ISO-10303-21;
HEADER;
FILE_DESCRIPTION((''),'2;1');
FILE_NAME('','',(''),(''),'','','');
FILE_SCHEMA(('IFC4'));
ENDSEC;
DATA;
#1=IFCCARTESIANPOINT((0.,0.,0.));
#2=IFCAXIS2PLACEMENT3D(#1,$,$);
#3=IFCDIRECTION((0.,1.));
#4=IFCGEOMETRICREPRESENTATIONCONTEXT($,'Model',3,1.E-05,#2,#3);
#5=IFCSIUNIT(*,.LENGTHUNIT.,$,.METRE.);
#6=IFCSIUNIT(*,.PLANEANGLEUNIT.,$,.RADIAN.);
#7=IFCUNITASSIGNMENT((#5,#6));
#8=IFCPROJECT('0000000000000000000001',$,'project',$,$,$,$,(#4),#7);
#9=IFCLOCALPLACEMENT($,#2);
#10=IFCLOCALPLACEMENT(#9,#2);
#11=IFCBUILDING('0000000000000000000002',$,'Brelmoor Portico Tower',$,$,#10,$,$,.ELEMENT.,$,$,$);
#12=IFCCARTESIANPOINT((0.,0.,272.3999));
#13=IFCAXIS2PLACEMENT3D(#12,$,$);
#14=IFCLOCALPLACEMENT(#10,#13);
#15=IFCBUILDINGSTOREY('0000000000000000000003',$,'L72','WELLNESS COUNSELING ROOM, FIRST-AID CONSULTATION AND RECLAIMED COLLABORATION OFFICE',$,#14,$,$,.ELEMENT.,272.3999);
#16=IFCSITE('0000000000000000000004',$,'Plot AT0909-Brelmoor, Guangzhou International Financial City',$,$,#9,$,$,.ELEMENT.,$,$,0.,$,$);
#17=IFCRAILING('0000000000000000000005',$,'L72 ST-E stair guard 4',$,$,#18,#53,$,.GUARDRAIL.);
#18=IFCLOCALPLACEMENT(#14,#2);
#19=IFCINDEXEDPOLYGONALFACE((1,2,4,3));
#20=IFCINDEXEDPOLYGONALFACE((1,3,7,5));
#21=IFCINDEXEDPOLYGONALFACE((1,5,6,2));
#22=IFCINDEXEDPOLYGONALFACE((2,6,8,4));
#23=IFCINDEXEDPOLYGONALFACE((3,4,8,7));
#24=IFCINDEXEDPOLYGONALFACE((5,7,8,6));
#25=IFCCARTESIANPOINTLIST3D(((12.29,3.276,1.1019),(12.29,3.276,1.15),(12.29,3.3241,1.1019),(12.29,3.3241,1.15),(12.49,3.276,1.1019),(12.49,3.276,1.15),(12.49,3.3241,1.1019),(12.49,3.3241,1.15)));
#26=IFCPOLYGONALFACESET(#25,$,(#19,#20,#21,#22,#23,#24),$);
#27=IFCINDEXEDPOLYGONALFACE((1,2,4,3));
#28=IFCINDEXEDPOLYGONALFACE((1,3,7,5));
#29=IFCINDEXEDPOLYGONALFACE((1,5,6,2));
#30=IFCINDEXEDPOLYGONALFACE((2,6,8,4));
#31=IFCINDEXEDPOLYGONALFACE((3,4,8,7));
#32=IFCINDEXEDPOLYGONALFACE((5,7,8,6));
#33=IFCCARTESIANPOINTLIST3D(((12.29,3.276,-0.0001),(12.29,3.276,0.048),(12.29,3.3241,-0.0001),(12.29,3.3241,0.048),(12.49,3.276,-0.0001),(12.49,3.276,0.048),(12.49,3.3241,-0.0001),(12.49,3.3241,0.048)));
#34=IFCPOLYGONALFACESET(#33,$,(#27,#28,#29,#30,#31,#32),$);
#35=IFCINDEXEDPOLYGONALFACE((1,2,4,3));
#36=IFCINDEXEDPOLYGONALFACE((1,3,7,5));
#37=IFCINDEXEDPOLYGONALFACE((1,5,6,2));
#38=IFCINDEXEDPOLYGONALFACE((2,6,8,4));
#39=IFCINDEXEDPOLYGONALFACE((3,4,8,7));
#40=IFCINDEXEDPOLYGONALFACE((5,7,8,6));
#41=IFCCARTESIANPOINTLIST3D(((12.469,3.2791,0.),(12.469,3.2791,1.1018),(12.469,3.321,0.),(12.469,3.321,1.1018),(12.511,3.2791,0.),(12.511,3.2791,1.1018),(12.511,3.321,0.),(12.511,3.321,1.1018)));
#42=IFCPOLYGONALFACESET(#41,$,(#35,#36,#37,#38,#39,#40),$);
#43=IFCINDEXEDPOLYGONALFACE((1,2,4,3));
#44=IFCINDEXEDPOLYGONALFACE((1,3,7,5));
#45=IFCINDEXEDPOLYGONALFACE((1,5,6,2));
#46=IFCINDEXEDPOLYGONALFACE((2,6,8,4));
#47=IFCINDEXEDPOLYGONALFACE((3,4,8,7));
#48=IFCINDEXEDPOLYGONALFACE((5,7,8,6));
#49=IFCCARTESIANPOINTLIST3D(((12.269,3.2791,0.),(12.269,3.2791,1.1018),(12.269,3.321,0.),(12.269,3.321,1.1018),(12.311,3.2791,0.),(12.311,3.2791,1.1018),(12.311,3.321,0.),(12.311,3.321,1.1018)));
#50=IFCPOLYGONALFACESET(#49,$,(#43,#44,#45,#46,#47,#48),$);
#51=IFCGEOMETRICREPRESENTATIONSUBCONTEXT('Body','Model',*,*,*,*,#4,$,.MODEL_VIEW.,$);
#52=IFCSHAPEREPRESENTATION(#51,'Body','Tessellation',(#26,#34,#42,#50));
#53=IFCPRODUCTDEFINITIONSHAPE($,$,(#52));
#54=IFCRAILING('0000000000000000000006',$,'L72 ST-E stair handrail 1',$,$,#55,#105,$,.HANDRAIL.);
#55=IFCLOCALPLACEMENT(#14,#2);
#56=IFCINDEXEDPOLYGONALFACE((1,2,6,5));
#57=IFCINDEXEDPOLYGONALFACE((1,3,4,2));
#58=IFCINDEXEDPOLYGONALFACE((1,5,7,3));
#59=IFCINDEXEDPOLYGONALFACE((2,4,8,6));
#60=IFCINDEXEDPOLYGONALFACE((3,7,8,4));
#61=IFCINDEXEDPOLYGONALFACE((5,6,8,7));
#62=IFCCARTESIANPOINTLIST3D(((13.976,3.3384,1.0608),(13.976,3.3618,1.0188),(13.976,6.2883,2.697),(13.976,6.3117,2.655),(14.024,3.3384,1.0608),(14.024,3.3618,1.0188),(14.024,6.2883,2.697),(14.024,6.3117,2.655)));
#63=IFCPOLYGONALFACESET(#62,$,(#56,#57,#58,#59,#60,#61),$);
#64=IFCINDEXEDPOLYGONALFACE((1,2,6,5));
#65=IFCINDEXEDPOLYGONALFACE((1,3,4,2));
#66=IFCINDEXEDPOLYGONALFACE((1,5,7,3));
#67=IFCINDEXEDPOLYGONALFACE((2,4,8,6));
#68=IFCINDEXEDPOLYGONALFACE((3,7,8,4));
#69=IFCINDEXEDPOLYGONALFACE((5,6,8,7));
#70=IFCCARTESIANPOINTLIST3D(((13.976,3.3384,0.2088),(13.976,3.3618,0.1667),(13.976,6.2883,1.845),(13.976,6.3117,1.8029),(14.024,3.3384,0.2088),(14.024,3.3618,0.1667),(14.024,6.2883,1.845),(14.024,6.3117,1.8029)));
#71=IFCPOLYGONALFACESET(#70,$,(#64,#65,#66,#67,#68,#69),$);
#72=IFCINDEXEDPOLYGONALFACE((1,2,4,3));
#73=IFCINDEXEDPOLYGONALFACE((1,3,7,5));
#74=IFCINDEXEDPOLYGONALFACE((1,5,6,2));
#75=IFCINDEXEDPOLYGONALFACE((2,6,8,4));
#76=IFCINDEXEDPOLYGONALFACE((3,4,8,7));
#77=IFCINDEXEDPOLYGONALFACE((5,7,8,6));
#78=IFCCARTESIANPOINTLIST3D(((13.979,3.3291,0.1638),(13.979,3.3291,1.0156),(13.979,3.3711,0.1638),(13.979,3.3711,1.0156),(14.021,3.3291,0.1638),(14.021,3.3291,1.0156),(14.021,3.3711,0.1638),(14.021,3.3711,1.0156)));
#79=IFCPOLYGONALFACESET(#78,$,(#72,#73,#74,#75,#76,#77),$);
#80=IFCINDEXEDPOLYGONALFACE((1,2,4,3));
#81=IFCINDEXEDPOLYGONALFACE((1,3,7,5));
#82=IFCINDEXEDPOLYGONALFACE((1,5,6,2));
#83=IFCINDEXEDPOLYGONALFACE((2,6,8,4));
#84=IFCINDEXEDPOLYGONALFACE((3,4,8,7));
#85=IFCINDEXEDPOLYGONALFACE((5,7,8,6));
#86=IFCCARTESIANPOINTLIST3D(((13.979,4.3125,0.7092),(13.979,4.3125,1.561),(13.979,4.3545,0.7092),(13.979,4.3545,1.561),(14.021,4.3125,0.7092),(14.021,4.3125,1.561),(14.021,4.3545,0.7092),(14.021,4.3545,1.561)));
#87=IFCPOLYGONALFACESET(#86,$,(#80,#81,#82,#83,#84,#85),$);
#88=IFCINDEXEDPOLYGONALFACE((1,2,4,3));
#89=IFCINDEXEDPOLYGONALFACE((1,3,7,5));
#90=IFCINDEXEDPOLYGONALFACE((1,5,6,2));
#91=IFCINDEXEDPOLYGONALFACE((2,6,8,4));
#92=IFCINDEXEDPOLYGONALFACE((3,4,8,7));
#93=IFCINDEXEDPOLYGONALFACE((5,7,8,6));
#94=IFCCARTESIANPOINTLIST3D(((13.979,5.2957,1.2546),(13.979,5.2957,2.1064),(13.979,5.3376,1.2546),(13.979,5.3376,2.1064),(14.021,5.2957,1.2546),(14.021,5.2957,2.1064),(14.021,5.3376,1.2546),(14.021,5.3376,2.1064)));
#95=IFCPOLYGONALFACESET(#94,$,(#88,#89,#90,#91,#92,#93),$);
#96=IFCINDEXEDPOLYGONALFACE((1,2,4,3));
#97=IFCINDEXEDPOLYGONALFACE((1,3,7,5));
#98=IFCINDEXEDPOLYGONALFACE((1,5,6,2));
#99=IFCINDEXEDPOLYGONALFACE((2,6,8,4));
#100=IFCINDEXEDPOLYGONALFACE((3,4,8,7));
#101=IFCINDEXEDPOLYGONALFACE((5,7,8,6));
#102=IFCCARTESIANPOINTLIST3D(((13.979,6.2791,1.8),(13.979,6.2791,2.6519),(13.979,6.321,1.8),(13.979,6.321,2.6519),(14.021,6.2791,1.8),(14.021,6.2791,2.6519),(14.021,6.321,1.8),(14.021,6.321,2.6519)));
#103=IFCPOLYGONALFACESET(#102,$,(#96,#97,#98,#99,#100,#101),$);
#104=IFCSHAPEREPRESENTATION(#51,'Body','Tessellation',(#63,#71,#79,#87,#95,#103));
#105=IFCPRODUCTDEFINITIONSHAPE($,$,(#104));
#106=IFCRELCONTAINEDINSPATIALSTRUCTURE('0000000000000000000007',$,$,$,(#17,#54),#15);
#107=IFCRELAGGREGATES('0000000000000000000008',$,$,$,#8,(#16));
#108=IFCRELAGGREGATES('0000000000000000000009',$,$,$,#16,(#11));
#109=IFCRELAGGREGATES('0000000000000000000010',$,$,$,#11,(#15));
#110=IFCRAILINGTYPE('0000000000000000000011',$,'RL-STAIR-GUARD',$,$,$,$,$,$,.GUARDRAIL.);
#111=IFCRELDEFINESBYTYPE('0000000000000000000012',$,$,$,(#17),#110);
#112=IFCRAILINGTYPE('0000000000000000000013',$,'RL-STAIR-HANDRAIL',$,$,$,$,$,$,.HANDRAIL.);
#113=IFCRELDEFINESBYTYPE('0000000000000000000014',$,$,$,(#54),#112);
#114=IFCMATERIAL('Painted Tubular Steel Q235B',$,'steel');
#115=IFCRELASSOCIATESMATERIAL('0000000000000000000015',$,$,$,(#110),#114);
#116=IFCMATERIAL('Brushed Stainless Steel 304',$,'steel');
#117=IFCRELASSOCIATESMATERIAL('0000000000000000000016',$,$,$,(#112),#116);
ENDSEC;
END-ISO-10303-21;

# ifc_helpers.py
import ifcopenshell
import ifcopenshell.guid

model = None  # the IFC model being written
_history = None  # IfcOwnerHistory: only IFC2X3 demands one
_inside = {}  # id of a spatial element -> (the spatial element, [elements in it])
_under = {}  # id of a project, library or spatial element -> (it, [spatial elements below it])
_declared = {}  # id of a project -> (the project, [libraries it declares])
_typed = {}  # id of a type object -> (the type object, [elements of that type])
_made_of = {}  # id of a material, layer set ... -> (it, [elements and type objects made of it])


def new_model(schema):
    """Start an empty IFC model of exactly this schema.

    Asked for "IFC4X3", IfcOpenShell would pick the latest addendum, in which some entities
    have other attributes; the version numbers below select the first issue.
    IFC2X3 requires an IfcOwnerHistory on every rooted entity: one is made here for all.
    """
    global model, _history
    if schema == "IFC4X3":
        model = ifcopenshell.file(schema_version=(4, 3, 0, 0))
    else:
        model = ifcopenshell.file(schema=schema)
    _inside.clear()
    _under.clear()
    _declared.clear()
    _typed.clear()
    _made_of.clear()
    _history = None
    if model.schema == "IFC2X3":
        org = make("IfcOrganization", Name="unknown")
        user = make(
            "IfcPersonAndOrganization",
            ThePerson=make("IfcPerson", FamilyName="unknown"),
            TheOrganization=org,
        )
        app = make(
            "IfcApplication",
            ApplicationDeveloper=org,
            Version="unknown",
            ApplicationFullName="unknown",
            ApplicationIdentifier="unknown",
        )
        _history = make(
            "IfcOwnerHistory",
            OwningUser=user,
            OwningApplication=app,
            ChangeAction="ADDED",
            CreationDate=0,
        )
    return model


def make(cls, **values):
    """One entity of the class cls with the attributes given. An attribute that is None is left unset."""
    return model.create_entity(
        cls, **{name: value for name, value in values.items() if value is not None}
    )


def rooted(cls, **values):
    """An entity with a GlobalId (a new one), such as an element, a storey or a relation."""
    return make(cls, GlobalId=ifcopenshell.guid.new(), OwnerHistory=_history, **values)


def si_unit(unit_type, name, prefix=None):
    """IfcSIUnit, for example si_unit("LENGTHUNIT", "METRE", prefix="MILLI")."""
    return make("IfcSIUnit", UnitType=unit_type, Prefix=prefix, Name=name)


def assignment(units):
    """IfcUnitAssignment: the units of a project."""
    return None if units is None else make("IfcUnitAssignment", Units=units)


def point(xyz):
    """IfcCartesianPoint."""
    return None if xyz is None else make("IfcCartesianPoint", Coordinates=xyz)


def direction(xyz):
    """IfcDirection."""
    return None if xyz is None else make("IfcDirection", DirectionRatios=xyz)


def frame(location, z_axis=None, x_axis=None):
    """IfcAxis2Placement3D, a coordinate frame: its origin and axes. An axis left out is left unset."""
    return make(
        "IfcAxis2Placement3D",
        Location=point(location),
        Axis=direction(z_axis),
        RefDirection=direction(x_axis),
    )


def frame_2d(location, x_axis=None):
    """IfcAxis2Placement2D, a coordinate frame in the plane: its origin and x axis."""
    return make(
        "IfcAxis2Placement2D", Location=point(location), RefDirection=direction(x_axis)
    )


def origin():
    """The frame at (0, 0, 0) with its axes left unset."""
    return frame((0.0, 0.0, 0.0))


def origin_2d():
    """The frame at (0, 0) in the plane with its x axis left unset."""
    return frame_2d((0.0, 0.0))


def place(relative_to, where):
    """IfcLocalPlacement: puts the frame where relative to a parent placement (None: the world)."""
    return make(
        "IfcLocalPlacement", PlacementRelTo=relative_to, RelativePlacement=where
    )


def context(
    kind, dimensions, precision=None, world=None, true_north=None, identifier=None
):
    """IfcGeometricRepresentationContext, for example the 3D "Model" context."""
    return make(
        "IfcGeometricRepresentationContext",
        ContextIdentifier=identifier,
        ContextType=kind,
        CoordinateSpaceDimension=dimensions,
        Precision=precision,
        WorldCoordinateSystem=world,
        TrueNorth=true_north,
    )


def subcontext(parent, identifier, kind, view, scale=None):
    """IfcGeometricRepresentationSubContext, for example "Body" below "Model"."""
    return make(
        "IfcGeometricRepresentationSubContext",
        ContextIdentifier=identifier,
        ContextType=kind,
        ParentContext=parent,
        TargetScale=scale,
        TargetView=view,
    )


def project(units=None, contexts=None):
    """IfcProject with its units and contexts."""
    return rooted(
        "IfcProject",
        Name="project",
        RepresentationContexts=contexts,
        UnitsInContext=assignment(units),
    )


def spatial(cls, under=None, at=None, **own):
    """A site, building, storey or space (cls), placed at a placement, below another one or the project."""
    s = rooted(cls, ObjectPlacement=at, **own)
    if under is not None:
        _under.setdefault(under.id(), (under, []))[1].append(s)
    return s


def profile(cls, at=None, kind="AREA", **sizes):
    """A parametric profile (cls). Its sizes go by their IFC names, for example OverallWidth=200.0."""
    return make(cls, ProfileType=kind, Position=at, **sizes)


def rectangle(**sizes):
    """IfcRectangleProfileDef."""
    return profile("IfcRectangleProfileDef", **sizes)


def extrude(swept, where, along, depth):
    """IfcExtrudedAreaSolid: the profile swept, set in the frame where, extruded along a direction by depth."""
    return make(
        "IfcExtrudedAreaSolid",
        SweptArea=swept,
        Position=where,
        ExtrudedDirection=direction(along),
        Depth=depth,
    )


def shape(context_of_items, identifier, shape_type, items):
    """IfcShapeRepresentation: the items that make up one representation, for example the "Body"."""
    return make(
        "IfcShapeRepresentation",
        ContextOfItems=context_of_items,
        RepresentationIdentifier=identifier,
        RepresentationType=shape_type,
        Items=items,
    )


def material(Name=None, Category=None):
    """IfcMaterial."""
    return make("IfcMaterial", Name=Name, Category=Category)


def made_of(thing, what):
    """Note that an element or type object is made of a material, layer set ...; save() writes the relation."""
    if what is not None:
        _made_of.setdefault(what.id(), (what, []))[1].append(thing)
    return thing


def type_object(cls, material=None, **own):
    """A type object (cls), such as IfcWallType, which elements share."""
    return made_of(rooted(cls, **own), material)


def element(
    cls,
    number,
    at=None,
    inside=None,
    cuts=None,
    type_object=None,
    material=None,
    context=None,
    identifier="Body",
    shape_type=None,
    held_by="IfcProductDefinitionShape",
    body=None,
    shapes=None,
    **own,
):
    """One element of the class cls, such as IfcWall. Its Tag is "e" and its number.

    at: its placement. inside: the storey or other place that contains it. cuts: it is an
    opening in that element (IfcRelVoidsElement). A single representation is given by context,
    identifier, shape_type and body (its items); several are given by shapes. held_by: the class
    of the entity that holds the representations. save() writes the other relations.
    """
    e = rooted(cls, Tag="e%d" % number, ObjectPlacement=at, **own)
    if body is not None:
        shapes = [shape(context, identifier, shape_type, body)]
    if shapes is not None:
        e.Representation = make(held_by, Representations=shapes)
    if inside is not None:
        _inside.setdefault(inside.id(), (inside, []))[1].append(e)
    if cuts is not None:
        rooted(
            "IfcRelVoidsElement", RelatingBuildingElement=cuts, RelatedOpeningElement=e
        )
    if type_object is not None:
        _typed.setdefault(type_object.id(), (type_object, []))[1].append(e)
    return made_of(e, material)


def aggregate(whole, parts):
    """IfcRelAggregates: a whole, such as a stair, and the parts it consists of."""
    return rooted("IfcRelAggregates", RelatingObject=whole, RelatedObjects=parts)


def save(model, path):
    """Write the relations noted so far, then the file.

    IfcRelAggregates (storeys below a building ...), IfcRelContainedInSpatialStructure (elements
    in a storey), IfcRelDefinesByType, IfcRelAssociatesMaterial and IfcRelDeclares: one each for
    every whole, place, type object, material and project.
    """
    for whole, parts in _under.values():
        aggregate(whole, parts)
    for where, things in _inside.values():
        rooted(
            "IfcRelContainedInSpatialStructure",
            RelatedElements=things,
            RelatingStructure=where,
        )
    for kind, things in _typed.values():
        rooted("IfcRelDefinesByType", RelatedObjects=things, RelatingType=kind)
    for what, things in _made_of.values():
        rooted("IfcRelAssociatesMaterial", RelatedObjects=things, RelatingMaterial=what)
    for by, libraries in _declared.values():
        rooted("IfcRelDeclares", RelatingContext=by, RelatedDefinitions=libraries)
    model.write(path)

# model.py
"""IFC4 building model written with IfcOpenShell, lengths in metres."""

from ifc_helpers import new_model, si_unit, direction, frame, origin, origin_2d, place, context, subcontext, project, spatial, rectangle, extrude, material, type_object, element, save


model = new_model("IFC4")

# Units and contexts
model_context = context("Model", 3, precision=1e-05, world=origin(), true_north=direction((0.0, 1.0)))
body_context = subcontext(model_context, "Body", "Model", "MODEL_VIEW")
ifc_project = project(units=[si_unit("LENGTHUNIT", "METRE"), si_unit("PLANEANGLEUNIT", "RADIAN")], contexts=[model_context])

# Site, building, storey
site_placement = place(None, origin())
site = spatial("IfcSite", under=ifc_project, at=site_placement, Name="Plot AT0909-Brelmoor, Guangzhou International Financial City", CompositionType="ELEMENT", RefElevation=0.0)
building_placement = place(site_placement, origin())
building = spatial("IfcBuilding", under=site, at=building_placement, Name="Brelmoor Portico Tower", CompositionType="ELEMENT")
storey_placement = place(building_placement, frame((0.0, 0.0, 272.3999)))
storey = spatial("IfcBuildingStorey", under=building, at=storey_placement, Name="L72", Description="WELLNESS COUNSELING ROOM, FIRST-AID CONSULTATION AND RECLAIMED COLLABORATION OFFICE", CompositionType="ELEMENT", Elevation=272.3999)

# Railings
ifc_material_1 = material(Name="Painted Tubular Steel Q235B", Category="steel")
railing_type_1 = type_object("IfcRailingType", Name="RL-STAIR-GUARD", PredefinedType="GUARDRAIL", material=ifc_material_1)
for number, where, name in (
    (1, (12.49, 3.3, 0.0), "L72 ST-E stair guard 4"),
):
    element("IfcRailing", number, at=place(storey_placement, frame(where)), inside=storey, type_object=railing_type_1, Name=name, PredefinedType="GUARDRAIL", context=body_context, shape_type="SweptSolid", body=[
        extrude(rectangle(XDim=0.0481, YDim=0.0481, at=origin_2d()), frame((0.0, 0.0, 1.126), z_axis=(-1.0, 0.0, 0.0), x_axis=(0.0, -1.0, 0.0)), (0.0, 0.0, 1.0), 0.2),
        extrude(rectangle(XDim=0.0481, YDim=0.0481, at=origin_2d()), frame((0.0, 0.0, 0.0239), z_axis=(-1.0, 0.0, 0.0), x_axis=(0.0, -1.0, 0.0)), (0.0, 0.0, 1.0), 0.2),
        extrude(rectangle(XDim=0.042, YDim=0.042, at=origin_2d()), origin(), (0.0, 0.0, 1.0), 1.1018),
        extrude(rectangle(XDim=0.042, YDim=0.042, at=origin_2d()), frame((-0.2, 0.0, 0.0)), (0.0, 0.0, 1.0), 1.1018),
    ])
ifc_material_2 = material(Name="Brushed Stainless Steel 304", Category="steel")
railing_type_2 = type_object("IfcRailingType", Name="RL-STAIR-HANDRAIL", PredefinedType="HANDRAIL", material=ifc_material_2)
railing_1_placement = place(storey_placement, frame((14.0, 3.3501, 0.1638)))
element("IfcRailing", 2, at=railing_1_placement, inside=storey, type_object=railing_type_2, Name="L72 ST-E stair handrail 1", PredefinedType="HANDRAIL", context=body_context, shape_type="SweptSolid", body=[
    extrude(rectangle(XDim=0.0481, YDim=0.0481, at=origin_2d()), frame((0.0, 0.0, 0.876), z_axis=(0.0, 0.874488, 0.485047), x_axis=(-1.0, 0.0, 0.0)), (0.0, 0.0, 1.0), 3.3733),
    extrude(rectangle(XDim=0.0481, YDim=0.0481, at=origin_2d()), frame((0.0, 0.0, 0.0239), z_axis=(0.0, 0.874488, 0.485047), x_axis=(-1.0, 0.0, 0.0)), (0.0, 0.0, 1.0), 3.3733),
    extrude(rectangle(XDim=0.042, YDim=0.042, at=origin_2d()), origin(), (0.0, 0.0, 1.0), 0.8518),
    extrude(rectangle(XDim=0.042, YDim=0.042, at=origin_2d()), frame((0.0, 0.9834, 0.5454)), (0.0, 0.0, 1.0), 0.8518),
    extrude(rectangle(XDim=0.042, YDim=0.042, at=origin_2d()), frame((0.0, 1.9666, 1.0908)), (0.0, 0.0, 1.0), 0.8518),
    extrude(rectangle(XDim=0.042, YDim=0.042, at=origin_2d()), frame((0.0, 2.95, 1.6362)), (0.0, 0.0, 1.0), 0.8518),
])

save(model, "model.ifc")
